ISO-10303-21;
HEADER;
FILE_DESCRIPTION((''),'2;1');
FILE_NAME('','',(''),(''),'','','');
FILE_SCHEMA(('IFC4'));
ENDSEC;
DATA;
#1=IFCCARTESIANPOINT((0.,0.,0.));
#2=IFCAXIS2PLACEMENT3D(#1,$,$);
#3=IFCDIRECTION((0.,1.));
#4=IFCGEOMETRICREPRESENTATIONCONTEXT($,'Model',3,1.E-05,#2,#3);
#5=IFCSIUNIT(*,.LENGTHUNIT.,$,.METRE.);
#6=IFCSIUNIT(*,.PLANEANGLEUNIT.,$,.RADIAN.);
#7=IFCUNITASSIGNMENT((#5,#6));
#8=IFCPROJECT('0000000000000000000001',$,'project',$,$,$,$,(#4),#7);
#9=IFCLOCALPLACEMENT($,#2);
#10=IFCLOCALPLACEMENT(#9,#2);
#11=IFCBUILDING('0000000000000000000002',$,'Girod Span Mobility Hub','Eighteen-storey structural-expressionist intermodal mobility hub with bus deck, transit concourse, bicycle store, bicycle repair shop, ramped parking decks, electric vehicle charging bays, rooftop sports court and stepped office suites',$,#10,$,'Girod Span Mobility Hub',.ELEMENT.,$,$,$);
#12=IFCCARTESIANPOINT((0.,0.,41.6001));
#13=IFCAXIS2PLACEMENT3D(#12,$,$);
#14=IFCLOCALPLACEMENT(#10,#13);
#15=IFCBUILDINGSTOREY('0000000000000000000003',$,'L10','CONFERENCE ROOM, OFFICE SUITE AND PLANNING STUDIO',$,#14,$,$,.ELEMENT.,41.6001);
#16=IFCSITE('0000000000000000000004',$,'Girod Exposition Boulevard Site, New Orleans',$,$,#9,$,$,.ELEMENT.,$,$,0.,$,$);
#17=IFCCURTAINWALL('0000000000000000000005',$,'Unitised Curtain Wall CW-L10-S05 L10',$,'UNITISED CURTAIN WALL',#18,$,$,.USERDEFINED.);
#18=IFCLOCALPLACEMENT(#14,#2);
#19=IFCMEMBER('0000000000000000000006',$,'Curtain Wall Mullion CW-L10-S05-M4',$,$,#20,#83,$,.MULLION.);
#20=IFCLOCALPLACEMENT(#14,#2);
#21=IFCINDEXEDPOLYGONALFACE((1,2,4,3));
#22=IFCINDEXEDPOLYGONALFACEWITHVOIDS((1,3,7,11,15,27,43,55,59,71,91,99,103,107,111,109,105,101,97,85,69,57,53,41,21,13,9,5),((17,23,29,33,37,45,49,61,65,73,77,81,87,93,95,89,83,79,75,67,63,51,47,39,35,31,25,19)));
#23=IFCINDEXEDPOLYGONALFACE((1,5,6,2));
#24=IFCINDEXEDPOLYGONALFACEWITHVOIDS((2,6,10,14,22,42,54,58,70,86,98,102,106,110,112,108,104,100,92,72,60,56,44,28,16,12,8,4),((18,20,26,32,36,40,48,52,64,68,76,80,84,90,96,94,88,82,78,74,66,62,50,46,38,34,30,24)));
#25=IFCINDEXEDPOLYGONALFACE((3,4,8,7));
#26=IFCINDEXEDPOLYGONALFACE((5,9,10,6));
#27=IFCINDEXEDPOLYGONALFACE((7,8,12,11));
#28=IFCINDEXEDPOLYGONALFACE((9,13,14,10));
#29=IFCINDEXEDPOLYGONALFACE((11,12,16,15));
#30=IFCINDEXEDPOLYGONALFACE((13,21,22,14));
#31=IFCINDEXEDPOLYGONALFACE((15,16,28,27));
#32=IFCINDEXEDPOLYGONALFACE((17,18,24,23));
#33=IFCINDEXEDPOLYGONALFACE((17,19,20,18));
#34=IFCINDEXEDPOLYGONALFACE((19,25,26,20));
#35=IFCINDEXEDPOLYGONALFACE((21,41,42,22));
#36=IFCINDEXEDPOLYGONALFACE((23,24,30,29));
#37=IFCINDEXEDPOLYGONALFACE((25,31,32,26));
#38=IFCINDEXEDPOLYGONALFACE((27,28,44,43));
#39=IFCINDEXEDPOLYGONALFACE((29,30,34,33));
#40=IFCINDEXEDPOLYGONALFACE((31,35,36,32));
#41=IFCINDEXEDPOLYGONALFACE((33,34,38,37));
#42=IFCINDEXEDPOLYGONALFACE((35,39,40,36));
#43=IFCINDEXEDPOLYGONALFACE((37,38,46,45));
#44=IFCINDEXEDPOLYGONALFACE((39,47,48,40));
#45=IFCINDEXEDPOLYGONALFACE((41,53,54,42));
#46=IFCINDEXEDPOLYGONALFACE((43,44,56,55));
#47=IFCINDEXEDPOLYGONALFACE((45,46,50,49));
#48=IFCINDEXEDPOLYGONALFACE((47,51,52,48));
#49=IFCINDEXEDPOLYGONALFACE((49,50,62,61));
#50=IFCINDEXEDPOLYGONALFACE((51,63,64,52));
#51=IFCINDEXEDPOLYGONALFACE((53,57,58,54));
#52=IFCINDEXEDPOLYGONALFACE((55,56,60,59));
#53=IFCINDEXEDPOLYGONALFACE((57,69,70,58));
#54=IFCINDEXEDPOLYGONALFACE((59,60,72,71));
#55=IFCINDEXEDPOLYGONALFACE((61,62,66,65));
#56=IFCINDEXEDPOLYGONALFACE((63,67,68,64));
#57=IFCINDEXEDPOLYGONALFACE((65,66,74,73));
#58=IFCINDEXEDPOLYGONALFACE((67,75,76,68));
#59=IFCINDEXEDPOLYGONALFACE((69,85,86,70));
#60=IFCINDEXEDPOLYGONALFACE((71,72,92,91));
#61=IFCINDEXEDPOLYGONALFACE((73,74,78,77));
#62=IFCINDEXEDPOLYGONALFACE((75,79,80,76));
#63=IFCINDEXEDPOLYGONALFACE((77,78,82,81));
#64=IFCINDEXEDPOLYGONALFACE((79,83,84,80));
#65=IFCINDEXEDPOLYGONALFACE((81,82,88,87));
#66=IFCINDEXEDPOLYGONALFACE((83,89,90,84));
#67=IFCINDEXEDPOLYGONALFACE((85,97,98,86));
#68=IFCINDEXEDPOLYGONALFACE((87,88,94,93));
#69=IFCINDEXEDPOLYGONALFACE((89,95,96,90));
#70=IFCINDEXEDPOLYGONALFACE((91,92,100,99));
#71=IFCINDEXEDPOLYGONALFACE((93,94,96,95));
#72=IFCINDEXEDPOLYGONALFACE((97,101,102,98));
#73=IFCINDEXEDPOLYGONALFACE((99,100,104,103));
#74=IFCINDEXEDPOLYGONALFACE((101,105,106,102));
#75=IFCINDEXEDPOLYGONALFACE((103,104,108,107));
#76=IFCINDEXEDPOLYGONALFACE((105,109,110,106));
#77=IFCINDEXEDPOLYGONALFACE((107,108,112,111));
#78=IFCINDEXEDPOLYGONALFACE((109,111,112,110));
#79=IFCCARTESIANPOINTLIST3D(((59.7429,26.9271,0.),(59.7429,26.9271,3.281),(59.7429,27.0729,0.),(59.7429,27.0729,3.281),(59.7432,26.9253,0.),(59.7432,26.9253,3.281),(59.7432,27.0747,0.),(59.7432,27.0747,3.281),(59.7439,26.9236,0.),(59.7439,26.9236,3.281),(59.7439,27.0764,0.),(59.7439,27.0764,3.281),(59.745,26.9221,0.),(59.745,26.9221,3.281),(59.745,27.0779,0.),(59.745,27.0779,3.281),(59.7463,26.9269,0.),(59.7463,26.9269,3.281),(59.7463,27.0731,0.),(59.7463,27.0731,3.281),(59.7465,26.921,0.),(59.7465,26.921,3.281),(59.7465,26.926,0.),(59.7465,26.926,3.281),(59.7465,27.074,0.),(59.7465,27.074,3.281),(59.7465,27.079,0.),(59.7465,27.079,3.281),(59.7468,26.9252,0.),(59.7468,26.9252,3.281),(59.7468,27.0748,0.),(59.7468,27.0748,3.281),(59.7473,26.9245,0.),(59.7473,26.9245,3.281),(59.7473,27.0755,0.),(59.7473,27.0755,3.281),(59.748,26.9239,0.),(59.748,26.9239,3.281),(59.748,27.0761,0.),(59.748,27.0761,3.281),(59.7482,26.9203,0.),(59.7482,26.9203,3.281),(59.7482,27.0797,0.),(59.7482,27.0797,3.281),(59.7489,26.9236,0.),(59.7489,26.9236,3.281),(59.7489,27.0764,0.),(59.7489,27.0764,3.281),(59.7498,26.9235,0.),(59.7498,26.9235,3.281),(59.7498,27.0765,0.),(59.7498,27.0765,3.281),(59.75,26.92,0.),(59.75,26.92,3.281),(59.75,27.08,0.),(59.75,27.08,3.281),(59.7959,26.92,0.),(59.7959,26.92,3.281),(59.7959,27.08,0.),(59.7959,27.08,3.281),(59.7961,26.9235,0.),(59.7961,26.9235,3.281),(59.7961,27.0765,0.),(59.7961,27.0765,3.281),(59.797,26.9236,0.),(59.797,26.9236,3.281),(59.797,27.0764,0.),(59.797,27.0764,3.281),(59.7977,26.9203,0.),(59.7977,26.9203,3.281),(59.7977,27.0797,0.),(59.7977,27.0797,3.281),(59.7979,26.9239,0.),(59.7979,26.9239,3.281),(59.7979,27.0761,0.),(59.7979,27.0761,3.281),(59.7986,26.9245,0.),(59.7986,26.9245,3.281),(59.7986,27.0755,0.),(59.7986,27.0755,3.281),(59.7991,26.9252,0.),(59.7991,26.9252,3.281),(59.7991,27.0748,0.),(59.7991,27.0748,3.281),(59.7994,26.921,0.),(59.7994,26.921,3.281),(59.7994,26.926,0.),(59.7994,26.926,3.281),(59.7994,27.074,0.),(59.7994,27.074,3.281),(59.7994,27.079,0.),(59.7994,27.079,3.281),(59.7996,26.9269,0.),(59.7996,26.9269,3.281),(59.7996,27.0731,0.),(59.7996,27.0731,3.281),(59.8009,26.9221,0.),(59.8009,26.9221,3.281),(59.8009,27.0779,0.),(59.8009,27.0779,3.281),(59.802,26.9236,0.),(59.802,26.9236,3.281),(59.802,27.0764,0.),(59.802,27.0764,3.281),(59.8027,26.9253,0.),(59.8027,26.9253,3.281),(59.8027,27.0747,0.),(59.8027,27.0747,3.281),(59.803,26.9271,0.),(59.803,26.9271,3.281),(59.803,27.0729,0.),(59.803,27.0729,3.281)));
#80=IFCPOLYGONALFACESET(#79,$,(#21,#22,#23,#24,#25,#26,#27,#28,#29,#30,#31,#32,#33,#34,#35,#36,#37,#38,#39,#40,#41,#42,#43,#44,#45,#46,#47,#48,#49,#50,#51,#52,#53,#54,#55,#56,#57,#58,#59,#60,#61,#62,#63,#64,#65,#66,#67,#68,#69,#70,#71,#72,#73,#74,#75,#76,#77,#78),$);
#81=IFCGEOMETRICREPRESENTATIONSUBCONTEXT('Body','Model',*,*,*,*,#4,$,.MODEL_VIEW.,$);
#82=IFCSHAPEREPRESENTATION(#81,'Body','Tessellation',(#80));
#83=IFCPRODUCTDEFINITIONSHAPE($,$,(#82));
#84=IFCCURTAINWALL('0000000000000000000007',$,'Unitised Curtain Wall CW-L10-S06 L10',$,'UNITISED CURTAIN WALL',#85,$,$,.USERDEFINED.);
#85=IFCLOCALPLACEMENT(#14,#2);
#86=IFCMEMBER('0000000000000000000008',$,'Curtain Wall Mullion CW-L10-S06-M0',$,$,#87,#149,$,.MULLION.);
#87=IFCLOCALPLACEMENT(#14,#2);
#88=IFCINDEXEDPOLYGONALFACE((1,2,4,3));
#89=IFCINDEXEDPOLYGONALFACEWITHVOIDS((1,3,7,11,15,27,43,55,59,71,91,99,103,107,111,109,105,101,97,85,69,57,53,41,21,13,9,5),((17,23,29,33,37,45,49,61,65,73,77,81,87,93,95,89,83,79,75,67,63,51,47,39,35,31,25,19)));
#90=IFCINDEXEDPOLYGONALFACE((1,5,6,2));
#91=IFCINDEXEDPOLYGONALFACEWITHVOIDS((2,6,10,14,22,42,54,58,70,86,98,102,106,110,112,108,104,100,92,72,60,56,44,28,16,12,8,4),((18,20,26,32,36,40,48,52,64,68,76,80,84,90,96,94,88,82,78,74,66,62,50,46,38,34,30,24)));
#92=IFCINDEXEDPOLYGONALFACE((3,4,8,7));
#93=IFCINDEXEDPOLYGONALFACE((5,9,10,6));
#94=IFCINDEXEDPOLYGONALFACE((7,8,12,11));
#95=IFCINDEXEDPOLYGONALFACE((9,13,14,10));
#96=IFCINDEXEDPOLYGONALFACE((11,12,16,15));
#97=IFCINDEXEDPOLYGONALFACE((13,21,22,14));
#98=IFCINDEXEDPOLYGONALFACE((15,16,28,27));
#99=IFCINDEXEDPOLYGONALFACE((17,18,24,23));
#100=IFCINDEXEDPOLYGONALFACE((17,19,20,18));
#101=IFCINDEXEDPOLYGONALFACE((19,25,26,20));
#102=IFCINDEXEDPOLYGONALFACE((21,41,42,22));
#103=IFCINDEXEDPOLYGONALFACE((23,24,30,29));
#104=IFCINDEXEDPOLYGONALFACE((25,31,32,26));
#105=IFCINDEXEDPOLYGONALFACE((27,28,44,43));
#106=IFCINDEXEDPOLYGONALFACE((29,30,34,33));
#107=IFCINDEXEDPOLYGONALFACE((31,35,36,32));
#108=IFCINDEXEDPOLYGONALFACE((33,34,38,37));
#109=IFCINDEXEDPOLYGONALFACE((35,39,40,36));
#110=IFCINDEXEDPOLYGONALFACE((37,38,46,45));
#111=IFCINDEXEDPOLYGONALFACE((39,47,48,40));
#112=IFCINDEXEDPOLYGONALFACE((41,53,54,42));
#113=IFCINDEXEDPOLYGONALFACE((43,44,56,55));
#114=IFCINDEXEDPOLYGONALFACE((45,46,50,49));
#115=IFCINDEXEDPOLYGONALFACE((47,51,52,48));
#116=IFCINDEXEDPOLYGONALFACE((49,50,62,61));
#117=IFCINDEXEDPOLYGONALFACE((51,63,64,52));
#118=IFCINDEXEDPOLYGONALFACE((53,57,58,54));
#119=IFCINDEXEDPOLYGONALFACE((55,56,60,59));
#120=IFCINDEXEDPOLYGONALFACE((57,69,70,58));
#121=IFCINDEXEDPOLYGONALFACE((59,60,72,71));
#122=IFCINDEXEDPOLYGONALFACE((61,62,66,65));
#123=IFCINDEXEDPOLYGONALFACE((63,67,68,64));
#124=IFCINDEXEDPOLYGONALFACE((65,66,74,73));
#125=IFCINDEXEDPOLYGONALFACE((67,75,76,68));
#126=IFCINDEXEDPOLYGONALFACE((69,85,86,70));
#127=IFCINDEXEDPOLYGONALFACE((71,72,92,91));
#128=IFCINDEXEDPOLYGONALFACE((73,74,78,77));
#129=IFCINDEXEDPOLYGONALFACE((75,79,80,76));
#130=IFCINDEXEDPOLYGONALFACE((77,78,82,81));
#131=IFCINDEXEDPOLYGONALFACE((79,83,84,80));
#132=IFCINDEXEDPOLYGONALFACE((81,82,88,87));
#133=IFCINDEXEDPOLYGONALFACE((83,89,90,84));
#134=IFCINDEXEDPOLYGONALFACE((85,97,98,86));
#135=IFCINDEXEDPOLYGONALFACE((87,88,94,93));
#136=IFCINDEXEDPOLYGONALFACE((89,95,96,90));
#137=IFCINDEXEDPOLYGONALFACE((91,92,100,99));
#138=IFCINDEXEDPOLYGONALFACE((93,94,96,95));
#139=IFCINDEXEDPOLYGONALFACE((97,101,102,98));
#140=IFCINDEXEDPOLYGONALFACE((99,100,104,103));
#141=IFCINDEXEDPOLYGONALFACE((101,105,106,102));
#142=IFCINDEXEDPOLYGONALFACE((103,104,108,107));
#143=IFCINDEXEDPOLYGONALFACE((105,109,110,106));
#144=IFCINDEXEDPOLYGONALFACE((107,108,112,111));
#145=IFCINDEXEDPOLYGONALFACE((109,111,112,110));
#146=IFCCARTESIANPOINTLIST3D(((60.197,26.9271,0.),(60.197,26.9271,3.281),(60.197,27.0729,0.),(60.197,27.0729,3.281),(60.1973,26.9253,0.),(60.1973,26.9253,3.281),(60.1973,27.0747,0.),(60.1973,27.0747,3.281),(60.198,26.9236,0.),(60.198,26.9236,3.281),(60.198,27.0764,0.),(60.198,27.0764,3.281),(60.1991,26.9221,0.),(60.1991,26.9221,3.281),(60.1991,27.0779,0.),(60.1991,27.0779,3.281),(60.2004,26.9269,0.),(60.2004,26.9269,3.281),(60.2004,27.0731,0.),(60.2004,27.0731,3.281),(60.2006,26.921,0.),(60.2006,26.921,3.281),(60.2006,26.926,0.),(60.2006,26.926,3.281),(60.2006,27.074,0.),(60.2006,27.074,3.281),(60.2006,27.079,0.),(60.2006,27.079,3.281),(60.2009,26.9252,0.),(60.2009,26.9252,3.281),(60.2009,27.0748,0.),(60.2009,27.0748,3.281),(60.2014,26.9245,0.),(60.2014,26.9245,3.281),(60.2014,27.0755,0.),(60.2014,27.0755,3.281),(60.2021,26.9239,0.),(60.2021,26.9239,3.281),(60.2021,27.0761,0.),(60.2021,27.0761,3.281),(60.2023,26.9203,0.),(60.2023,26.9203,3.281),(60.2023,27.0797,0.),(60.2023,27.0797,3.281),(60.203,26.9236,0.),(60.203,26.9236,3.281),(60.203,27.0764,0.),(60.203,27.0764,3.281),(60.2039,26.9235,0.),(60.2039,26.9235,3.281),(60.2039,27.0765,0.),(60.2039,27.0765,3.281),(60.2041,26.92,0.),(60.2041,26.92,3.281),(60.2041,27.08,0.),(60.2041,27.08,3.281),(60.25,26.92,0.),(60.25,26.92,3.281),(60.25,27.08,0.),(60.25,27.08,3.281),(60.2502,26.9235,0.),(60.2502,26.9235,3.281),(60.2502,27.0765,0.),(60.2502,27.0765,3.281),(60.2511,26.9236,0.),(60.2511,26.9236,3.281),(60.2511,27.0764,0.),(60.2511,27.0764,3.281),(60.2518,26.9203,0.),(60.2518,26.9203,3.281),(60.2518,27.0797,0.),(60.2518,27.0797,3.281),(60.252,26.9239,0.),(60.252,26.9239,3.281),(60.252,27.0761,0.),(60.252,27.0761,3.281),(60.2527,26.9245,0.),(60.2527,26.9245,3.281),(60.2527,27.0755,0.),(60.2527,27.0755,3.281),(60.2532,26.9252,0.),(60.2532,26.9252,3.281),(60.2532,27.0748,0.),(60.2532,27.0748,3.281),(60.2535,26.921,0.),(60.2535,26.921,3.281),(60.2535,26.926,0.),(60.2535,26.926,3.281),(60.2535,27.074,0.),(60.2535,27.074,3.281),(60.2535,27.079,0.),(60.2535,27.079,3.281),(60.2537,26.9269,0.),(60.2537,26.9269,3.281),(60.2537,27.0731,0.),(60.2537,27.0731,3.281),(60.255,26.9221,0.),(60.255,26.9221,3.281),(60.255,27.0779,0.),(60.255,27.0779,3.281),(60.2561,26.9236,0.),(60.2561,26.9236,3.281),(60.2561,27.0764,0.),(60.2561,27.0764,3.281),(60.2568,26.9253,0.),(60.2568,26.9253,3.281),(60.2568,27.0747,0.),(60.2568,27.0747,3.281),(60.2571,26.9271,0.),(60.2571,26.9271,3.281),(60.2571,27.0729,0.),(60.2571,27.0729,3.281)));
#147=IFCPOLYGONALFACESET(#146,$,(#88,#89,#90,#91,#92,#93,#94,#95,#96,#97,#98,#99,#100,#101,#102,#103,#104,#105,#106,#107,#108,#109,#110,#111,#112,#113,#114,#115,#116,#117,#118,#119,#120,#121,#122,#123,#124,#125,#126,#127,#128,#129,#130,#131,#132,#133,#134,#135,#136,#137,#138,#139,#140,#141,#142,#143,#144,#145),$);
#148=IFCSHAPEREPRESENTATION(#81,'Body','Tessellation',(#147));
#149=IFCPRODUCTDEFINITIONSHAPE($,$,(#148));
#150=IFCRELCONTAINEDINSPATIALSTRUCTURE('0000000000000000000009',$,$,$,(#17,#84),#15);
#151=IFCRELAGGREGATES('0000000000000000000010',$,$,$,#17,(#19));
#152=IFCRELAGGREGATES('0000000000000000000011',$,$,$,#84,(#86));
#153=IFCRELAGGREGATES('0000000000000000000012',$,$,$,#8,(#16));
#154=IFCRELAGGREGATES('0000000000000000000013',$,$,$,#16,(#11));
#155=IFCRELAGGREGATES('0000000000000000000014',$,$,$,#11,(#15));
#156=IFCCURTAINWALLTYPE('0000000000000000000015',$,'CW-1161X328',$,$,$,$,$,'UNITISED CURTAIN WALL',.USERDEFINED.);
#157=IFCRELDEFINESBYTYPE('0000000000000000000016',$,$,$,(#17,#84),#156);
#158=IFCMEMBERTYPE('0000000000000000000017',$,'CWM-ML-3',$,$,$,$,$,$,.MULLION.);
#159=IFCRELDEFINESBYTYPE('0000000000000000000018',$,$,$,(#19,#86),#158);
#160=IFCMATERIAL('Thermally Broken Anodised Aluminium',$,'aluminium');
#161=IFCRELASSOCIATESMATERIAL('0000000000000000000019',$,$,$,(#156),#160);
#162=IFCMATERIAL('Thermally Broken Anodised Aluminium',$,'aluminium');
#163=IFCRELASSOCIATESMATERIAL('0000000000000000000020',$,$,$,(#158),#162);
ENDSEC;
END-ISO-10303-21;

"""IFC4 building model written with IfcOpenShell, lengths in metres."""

from ifc_helpers import new_model, si_unit, direction, frame, origin, origin_2d, place, context, subcontext, project, spatial, hollow_rectangle, extrude, material, material_profile, profile_set, type_object, element, aggregate, save


model = new_model("IFC4")

# Units and contexts
model_context = context("Model", 3, precision=1e-05, world=origin(), true_north=direction((0.0, 1.0)))
body_context = subcontext(model_context, "Body", "Model", "MODEL_VIEW")
ifc_project = project(units=[si_unit("LENGTHUNIT", "METRE"), si_unit("PLANEANGLEUNIT", "RADIAN")], contexts=[model_context])

# Site, building, storey
site_placement = place(None, origin())
site = spatial("IfcSite", under=ifc_project, at=site_placement, Name="Girod Exposition Boulevard Site, New Orleans", CompositionType="ELEMENT", RefElevation=0.0)
building_placement = place(site_placement, origin())
building = spatial("IfcBuilding", under=site, at=building_placement, Name="Girod Span Mobility Hub", Description="Eighteen-storey structural-expressionist intermodal mobility hub with bus deck, transit concourse, bicycle store, bicycle repair shop, ramped parking decks, electric vehicle charging bays, rooftop sports court and stepped office suites", LongName="Girod Span Mobility Hub", CompositionType="ELEMENT")
storey_placement = place(building_placement, frame((0.0, 0.0, 41.6001)))
storey = spatial("IfcBuildingStorey", under=building, at=storey_placement, Name="L10", Description="CONFERENCE ROOM, OFFICE SUITE AND PLANNING STUDIO", CompositionType="ELEMENT", Elevation=41.6001)

# Curtain walls, members
ifc_material_1 = material(Name="Thermally Broken Anodised Aluminium", Category="aluminium")
curtain_wall_type = type_object("IfcCurtainWallType", Name="CW-1161X328", ElementType="UNITISED CURTAIN WALL", PredefinedType="USERDEFINED", material=ifc_material_1)
curtain_wall_1_placement = place(storey_placement, origin())
curtain_wall_1 = element("IfcCurtainWall", 1, at=curtain_wall_1_placement, inside=storey, type_object=curtain_wall_type, Name="Unitised Curtain Wall CW-L10-S05 L10", ObjectType="UNITISED CURTAIN WALL", PredefinedType="USERDEFINED")
ifc_material_2 = material(Name="Thermally Broken Anodised Aluminium", Category="aluminium")
ifc_material_profile_1 = material_profile(ifc_material_2, hollow_rectangle(XDim=0.1599, YDim=0.0601, WallThickness=0.0034, InnerFilletRadius=0.0034, OuterFilletRadius=0.0071, at=origin_2d()), Name="CW-ML-60X160")
ifc_profile_set_1 = profile_set([ifc_material_profile_1], Name="Thermally Broken Anodised Aluminium")
member_type_1 = type_object("IfcMemberType", Name="CWM-ML-3", PredefinedType="MULLION", material=ifc_profile_set_1)
member_1_placement = place(storey_placement, frame((59.7729, 27.0, 0.0), z_axis=(0.0, 0.0, 1.0), x_axis=(0.0, 1.0, 0.0)))
member_1 = element("IfcMember", 2, at=member_1_placement, type_object=member_type_1, Name="Curtain Wall Mullion CW-L10-S05-M4", PredefinedType="MULLION", context=body_context, shape_type="SweptSolid", body=[
    extrude(hollow_rectangle(XDim=0.1599, YDim=0.0601, WallThickness=0.0034, InnerFilletRadius=0.0034, OuterFilletRadius=0.0071, at=origin_2d()), origin(), (0.0, 0.0, 1.0), 3.281),
])
curtain_wall_2_placement = place(storey_placement, origin())
curtain_wall_2 = element("IfcCurtainWall", 3, at=curtain_wall_2_placement, inside=storey, type_object=curtain_wall_type, Name="Unitised Curtain Wall CW-L10-S06 L10", ObjectType="UNITISED CURTAIN WALL", PredefinedType="USERDEFINED")
member_2_placement = place(storey_placement, frame((60.2271, 27.0, 0.0), z_axis=(0.0, 0.0, 1.0), x_axis=(0.0, 1.0, 0.0)))
member_2 = element("IfcMember", 4, at=member_2_placement, type_object=member_type_1, Name="Curtain Wall Mullion CW-L10-S06-M0", PredefinedType="MULLION", context=body_context, shape_type="SweptSolid", body=[
    extrude(hollow_rectangle(XDim=0.1599, YDim=0.0601, WallThickness=0.0034, InnerFilletRadius=0.0034, OuterFilletRadius=0.0071, at=origin_2d()), origin(), (0.0, 0.0, 1.0), 3.281),
])

aggregate(curtain_wall_1, [member_1])
aggregate(curtain_wall_2, [member_2])

save(model, "model.ifc")
